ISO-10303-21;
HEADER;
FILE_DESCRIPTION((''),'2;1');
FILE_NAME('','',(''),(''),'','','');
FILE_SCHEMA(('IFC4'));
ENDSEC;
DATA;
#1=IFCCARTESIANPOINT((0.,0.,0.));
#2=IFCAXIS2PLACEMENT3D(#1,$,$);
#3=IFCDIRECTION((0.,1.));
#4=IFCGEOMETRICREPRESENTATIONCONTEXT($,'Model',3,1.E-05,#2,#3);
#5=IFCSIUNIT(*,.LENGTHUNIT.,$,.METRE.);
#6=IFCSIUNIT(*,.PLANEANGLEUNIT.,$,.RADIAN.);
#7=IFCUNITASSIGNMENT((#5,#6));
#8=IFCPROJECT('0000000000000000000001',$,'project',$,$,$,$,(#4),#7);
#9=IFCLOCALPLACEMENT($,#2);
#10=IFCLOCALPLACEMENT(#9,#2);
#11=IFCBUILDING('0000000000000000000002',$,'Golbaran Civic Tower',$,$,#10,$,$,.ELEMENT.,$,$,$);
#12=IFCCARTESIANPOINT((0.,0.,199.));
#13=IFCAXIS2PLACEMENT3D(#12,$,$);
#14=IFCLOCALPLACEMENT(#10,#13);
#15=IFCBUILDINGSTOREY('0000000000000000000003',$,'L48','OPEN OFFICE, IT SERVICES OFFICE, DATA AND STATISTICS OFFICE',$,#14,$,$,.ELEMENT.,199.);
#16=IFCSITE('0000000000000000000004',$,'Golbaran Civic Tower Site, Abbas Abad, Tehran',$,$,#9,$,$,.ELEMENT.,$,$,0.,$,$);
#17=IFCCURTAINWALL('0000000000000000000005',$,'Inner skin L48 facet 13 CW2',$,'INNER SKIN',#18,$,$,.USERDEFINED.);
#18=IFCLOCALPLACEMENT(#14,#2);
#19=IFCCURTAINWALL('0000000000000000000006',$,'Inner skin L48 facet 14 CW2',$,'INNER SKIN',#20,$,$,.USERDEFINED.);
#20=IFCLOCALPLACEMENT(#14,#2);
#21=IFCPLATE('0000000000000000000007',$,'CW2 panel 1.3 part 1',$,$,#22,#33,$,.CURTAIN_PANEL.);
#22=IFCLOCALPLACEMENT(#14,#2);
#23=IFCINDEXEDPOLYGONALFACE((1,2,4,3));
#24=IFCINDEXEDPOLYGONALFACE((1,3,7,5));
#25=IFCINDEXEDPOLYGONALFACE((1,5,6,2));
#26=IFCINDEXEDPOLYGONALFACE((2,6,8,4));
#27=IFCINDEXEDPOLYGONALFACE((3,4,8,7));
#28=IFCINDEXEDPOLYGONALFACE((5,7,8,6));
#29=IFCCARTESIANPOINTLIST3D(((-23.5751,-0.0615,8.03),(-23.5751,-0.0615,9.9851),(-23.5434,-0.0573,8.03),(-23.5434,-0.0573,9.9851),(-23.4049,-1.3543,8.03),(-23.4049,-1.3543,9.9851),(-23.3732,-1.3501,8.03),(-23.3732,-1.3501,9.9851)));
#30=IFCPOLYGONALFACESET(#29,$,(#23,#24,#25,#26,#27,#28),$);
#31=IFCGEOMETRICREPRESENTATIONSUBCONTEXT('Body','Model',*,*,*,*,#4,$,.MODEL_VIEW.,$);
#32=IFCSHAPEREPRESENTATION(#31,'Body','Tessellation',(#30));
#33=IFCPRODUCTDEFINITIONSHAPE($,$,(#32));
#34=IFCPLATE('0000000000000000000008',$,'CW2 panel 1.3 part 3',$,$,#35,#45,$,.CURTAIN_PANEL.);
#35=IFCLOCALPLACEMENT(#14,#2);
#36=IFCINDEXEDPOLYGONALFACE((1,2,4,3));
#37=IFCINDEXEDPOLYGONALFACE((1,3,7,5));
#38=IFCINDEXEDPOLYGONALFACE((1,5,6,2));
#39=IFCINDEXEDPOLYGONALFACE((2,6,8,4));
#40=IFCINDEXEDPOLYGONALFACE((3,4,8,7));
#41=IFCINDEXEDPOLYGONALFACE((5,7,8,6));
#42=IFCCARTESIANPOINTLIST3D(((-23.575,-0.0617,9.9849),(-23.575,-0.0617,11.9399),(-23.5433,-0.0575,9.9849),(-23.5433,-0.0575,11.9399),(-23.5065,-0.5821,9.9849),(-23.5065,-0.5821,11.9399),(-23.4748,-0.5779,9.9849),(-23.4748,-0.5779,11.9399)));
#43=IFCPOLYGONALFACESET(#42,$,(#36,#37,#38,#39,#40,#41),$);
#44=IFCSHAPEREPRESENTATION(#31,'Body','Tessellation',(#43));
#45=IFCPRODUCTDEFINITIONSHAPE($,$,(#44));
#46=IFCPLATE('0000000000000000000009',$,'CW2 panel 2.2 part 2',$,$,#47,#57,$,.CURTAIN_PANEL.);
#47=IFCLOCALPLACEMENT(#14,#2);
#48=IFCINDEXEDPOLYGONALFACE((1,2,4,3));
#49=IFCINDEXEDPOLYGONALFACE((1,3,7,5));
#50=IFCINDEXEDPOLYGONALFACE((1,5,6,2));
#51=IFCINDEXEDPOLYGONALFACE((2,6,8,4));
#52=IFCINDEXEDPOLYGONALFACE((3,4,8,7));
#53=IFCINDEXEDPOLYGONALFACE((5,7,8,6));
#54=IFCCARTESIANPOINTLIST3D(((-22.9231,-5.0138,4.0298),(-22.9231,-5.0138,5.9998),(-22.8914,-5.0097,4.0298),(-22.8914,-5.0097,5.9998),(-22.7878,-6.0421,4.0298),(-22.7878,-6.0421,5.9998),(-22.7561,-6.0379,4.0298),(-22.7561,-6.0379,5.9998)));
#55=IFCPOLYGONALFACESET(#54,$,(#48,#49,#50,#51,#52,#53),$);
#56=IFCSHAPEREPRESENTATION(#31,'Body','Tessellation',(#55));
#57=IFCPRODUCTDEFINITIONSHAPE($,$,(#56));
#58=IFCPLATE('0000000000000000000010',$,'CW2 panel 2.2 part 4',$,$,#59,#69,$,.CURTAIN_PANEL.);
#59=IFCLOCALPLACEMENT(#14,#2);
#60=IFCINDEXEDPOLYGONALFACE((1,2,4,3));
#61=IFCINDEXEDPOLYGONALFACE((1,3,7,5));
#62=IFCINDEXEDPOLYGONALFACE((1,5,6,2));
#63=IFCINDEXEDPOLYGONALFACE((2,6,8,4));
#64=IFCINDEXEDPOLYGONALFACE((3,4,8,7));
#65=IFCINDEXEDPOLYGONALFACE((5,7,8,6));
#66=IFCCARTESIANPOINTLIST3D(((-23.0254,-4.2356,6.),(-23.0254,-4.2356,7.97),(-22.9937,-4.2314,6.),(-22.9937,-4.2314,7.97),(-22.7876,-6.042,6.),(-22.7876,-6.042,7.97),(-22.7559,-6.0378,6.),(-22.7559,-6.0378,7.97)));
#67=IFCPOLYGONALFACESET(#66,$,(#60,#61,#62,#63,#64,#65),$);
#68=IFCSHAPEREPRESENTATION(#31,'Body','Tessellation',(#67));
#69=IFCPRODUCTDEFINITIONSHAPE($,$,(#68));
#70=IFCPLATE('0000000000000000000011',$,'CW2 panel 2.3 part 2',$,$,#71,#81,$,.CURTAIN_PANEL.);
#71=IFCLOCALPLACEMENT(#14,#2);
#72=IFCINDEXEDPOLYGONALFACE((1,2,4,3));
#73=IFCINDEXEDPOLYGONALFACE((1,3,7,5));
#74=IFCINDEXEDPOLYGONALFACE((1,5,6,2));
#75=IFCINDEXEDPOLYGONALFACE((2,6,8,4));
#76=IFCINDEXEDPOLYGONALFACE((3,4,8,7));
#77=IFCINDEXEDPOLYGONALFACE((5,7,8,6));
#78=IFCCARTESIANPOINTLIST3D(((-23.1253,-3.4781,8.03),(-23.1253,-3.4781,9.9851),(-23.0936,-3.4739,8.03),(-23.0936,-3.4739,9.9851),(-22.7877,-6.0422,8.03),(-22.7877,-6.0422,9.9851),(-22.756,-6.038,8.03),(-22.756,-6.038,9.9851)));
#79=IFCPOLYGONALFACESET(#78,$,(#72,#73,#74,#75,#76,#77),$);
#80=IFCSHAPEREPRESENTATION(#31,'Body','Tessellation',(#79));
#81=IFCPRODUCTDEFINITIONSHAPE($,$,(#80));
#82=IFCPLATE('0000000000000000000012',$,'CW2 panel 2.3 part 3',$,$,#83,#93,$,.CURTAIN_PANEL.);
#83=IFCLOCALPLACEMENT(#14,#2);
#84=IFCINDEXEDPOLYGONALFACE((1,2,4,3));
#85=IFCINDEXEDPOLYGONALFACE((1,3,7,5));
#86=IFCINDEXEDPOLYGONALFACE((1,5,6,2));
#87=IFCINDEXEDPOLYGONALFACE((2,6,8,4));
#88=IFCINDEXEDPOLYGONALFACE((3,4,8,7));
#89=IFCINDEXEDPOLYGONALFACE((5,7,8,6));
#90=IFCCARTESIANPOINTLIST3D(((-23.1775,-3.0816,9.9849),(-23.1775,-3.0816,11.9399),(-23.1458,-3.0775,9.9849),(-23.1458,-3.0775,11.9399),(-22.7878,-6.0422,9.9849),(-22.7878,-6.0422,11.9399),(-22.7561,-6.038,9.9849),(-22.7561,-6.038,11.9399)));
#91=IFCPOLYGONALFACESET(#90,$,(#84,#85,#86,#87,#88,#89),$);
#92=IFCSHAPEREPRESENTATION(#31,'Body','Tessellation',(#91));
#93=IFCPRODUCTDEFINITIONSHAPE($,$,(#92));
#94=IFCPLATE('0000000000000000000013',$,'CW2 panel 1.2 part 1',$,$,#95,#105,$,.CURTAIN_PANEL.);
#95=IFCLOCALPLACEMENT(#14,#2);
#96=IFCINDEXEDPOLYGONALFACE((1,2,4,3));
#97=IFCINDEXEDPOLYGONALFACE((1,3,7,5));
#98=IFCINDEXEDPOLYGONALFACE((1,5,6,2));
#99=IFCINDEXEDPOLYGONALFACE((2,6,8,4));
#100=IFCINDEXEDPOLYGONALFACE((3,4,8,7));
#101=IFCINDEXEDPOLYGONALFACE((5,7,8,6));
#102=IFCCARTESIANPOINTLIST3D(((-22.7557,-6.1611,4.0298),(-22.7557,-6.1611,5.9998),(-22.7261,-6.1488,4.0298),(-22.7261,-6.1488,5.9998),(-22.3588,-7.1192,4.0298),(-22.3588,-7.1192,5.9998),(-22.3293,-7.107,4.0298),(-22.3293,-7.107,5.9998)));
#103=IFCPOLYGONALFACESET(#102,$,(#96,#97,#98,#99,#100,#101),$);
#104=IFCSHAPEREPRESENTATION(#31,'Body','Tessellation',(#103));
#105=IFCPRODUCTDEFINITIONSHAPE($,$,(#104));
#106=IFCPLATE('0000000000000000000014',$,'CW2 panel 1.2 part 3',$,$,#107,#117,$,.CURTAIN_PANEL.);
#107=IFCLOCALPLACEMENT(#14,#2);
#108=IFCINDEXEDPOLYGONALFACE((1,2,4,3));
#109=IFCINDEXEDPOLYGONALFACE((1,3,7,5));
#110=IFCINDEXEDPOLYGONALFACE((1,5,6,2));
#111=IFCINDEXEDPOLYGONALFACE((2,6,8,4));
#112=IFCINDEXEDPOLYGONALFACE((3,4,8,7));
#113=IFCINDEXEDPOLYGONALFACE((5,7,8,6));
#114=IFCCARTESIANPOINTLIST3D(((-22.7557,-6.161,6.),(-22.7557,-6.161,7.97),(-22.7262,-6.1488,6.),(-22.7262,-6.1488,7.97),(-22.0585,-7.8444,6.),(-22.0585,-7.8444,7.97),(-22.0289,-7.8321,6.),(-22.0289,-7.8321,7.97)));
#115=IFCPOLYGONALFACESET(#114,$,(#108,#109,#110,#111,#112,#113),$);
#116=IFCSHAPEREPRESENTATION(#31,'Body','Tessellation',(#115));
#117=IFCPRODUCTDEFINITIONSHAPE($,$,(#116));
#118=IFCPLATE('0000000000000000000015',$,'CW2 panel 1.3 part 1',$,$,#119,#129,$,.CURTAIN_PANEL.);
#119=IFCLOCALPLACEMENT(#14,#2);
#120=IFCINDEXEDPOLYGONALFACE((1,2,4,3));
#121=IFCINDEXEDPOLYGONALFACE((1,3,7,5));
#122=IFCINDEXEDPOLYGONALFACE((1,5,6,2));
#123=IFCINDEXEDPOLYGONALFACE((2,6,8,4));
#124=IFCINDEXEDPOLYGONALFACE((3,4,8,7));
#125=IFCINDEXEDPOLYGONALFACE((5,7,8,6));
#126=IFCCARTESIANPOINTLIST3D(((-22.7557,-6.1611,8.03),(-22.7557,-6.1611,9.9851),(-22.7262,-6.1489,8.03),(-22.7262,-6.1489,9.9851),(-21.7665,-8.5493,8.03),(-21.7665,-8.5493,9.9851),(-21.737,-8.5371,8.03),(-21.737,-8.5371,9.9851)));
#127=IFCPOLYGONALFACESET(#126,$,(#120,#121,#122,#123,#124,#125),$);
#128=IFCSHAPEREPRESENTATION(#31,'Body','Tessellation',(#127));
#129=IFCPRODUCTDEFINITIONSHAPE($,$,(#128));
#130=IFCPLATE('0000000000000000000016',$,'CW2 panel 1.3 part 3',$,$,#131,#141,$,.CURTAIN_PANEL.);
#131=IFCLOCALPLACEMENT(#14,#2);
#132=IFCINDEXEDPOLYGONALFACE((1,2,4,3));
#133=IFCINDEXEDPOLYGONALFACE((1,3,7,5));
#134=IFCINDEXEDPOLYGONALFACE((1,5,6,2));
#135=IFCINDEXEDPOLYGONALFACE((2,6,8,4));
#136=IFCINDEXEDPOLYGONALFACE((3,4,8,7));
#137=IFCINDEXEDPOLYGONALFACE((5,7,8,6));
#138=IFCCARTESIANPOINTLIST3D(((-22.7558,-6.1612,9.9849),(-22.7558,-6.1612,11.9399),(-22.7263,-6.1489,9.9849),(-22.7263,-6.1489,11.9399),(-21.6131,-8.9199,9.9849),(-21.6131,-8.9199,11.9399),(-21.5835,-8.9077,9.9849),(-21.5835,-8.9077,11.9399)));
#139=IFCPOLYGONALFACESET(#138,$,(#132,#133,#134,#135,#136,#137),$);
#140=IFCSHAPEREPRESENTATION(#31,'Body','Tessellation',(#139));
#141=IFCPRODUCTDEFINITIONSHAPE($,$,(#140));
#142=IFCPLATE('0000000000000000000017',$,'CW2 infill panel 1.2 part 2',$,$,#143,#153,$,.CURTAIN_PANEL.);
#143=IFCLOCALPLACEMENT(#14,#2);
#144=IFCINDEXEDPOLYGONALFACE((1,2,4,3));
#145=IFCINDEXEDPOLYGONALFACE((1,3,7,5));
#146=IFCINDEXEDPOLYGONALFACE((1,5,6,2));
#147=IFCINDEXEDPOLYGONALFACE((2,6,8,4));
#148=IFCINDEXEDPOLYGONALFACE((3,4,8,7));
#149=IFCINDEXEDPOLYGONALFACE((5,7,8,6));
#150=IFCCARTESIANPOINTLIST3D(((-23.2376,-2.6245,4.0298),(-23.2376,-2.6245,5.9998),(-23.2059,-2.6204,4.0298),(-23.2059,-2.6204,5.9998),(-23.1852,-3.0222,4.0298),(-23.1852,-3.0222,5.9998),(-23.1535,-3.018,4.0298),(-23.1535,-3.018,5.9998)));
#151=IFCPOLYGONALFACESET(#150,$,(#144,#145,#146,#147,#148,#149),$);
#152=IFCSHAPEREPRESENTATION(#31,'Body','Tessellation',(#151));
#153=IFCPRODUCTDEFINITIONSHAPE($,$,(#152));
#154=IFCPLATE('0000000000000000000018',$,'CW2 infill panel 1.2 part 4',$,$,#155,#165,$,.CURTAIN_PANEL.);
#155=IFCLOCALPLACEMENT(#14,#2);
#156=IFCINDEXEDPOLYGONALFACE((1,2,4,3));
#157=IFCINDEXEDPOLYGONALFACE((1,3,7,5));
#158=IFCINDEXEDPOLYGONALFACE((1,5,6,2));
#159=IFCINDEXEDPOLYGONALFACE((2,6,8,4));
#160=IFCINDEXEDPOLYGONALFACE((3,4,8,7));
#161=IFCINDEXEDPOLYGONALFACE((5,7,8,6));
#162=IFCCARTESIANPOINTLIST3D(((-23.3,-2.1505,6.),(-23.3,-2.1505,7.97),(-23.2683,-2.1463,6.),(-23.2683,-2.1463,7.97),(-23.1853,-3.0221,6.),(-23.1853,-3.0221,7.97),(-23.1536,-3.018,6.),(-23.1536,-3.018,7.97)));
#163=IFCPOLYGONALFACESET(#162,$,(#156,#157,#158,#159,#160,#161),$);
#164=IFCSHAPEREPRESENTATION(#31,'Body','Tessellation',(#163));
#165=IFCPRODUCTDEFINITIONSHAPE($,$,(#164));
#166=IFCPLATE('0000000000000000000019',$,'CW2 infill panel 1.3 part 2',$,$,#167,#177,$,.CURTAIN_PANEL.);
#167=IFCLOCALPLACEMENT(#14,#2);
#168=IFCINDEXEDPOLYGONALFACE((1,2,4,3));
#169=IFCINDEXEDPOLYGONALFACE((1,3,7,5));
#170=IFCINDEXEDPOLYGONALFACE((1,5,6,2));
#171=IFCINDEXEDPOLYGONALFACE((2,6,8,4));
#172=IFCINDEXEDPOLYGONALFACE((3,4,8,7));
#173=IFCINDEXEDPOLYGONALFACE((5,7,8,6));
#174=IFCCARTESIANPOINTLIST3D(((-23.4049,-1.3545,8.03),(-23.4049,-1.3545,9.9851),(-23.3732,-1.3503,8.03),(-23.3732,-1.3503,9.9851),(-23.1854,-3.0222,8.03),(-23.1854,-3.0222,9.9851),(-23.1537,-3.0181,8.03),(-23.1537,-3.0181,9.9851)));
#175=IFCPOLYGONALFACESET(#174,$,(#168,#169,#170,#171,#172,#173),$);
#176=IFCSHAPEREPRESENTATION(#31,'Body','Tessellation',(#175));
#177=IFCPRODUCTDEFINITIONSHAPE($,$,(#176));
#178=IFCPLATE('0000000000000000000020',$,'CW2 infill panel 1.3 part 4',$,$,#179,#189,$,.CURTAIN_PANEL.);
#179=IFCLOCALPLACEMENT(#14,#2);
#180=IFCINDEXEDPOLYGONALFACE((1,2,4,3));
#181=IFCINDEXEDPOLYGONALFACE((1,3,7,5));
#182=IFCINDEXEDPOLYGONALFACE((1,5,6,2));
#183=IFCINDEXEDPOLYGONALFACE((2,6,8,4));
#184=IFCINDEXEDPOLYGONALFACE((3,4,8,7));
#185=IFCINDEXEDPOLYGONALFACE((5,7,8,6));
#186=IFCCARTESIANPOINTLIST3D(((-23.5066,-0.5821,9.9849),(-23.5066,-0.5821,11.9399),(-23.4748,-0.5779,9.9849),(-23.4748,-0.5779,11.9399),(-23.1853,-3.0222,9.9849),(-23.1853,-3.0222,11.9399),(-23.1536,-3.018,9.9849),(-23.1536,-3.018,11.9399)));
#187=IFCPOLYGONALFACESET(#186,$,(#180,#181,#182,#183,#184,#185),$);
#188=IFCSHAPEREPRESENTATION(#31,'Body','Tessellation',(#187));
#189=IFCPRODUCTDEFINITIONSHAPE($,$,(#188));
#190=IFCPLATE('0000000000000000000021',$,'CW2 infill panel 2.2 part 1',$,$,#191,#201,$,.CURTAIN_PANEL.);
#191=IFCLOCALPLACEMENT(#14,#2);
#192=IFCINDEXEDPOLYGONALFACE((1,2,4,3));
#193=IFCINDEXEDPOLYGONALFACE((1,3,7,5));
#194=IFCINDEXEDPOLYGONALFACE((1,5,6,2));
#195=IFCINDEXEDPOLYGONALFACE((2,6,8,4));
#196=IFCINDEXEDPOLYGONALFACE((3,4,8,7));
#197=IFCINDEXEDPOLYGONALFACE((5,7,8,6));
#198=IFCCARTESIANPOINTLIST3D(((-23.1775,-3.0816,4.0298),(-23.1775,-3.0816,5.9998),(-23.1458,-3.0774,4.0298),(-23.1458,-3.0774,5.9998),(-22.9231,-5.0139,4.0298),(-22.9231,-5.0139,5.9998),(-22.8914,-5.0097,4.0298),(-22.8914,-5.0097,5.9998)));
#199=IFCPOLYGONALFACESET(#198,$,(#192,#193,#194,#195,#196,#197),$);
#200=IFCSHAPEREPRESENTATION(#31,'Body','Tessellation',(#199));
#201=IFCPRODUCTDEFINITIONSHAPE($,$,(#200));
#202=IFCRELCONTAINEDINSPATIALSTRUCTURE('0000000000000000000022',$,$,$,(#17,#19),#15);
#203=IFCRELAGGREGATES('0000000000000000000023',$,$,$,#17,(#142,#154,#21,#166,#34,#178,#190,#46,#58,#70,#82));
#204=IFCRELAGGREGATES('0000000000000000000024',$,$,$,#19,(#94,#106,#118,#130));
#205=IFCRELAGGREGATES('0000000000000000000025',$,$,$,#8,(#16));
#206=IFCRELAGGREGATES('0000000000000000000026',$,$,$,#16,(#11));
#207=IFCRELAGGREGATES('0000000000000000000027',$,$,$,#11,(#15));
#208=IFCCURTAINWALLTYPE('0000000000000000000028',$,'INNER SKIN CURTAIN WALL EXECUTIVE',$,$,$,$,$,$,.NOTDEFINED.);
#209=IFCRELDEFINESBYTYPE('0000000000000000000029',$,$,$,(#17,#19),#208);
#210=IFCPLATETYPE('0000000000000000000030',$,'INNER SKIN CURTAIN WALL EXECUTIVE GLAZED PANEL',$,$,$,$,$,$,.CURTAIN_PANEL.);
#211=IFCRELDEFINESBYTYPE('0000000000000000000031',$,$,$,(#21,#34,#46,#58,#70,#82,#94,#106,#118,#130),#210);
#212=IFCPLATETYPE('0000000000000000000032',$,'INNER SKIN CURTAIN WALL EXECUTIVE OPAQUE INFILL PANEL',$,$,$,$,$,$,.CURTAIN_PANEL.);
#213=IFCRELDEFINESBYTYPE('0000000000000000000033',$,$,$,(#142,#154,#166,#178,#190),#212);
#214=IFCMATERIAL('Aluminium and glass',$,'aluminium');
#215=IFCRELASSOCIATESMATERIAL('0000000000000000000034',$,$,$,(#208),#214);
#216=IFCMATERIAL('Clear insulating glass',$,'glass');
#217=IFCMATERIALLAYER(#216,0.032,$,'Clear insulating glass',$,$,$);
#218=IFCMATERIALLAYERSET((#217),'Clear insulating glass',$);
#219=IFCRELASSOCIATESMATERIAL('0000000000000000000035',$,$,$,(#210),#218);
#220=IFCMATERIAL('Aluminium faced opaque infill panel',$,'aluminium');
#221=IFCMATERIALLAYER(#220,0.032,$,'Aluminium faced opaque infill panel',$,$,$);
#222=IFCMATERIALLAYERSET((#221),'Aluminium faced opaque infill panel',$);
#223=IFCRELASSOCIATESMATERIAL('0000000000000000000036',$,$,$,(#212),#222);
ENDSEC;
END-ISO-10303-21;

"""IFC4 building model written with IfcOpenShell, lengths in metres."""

from ifc_helpers import new_model, si_unit, direction, frame, origin, origin_2d, place, context, subcontext, project, spatial, rectangle, extrude, material, layer, layer_set, type_object, element, aggregate, save


model = new_model("IFC4")

# Units and contexts
model_context = context("Model", 3, precision=1e-05, world=origin(), true_north=direction((0.0, 1.0)))
body_context = subcontext(model_context, "Body", "Model", "MODEL_VIEW")
ifc_project = project(units=[si_unit("LENGTHUNIT", "METRE"), si_unit("PLANEANGLEUNIT", "RADIAN")], contexts=[model_context])

# Site, building, storey
site_placement = place(None, origin())
site = spatial("IfcSite", under=ifc_project, at=site_placement, Name="Golbaran Civic Tower Site, Abbas Abad, Tehran", CompositionType="ELEMENT", RefElevation=0.0)
building_placement = place(site_placement, origin())
building = spatial("IfcBuilding", under=site, at=building_placement, Name="Golbaran Civic Tower", CompositionType="ELEMENT")
storey_placement = place(building_placement, frame((0.0, 0.0, 199.0)))
storey = spatial("IfcBuildingStorey", under=building, at=storey_placement, Name="L48", Description="OPEN OFFICE, IT SERVICES OFFICE, DATA AND STATISTICS OFFICE", CompositionType="ELEMENT", Elevation=199.0)

# Curtain walls
ifc_material_1 = material(Name="Aluminium and glass", Category="aluminium")
curtain_wall_type_1 = type_object("IfcCurtainWallType", Name="INNER SKIN CURTAIN WALL EXECUTIVE", PredefinedType="NOTDEFINED", material=ifc_material_1)
curtain_wall_1_placement = place(storey_placement, origin())
curtain_wall_1 = element("IfcCurtainWall", 1, at=curtain_wall_1_placement, inside=storey, type_object=curtain_wall_type_1, Name="Inner skin L48 facet 13 CW2", ObjectType="INNER SKIN", PredefinedType="USERDEFINED")
curtain_wall_2_placement = place(storey_placement, origin())
curtain_wall_2 = element("IfcCurtainWall", 2, at=curtain_wall_2_placement, inside=storey, type_object=curtain_wall_type_1, Name="Inner skin L48 facet 14 CW2", ObjectType="INNER SKIN", PredefinedType="USERDEFINED")

# Plates
ifc_material_2 = material(Name="Clear insulating glass", Category="glass")
ifc_layer_1 = layer(ifc_material_2, 0.032, Name="Clear insulating glass")
ifc_layer_set_1 = layer_set([ifc_layer_1], Name="Clear insulating glass")
plate_type_1 = type_object("IfcPlateType", Name="INNER SKIN CURTAIN WALL EXECUTIVE GLAZED PANEL", PredefinedType="CURTAIN_PANEL", material=ifc_layer_set_1)
plate_1_placement = place(storey_placement, frame((-23.4741, -0.7058, 8.03), z_axis=(0.0, 0.0, 1.0), x_axis=(0.130526, -0.991445, 0.0)))
plate_1 = element("IfcPlate", 3, at=plate_1_placement, type_object=plate_type_1, Name="CW2 panel 1.3 part 1", PredefinedType="CURTAIN_PANEL", context=body_context, shape_type="SweptSolid", body=[
    extrude(rectangle(XDim=1.304, YDim=0.032, at=origin_2d()), origin(), (0.0, 0.0, 1.0), 1.9551),
])
plate_2_placement = place(storey_placement, frame((-23.5249, -0.3198, 9.9849), z_axis=(0.0, 0.0, 1.0), x_axis=(0.130526, -0.991445, 0.0)))
plate_2 = element("IfcPlate", 4, at=plate_2_placement, type_object=plate_type_1, Name="CW2 panel 1.3 part 3", PredefinedType="CURTAIN_PANEL", context=body_context, shape_type="SweptSolid", body=[
    extrude(rectangle(XDim=0.5249, YDim=0.032, at=origin_2d()), origin(), (0.0, 0.0, 1.0), 1.9551),
])
plate_3_placement = place(storey_placement, frame((-22.8396, -5.5259, 4.0298), z_axis=(0.0, 0.0, 1.0), x_axis=(0.130526, -0.991445, 0.0)))
plate_3 = element("IfcPlate", 5, at=plate_3_placement, type_object=plate_type_1, Name="CW2 panel 2.2 part 2", PredefinedType="CURTAIN_PANEL", context=body_context, shape_type="SweptSolid", body=[
    extrude(rectangle(XDim=1.0371, YDim=0.032, at=origin_2d()), origin(), (0.0, 0.0, 1.0), 1.97),
])
plate_4_placement = place(storey_placement, frame((-22.8906, -5.1367, 6.0), z_axis=(0.0, 0.0, 1.0), x_axis=(0.130526, -0.991445, 0.0)))
plate_4 = element("IfcPlate", 6, at=plate_4_placement, type_object=plate_type_1, Name="CW2 panel 2.2 part 4", PredefinedType="CURTAIN_PANEL", context=body_context, shape_type="SweptSolid", body=[
    extrude(rectangle(XDim=1.822, YDim=0.032, at=origin_2d()), origin(), (0.0, 0.0, 1.0), 1.97),
])
plate_5_placement = place(storey_placement, frame((-22.9407, -4.7581, 8.03), z_axis=(0.0, 0.0, 1.0), x_axis=(0.130526, -0.991445, 0.0)))
plate_5 = element("IfcPlate", 7, at=plate_5_placement, type_object=plate_type_1, Name="CW2 panel 2.3 part 2", PredefinedType="CURTAIN_PANEL", context=body_context, shape_type="SweptSolid", body=[
    extrude(rectangle(XDim=2.5862, YDim=0.032, at=origin_2d()), origin(), (0.0, 0.0, 1.0), 1.9551),
])
plate_6_placement = place(storey_placement, frame((-22.9668, -4.5598, 9.9849), z_axis=(0.0, 0.0, 1.0), x_axis=(0.130526, -0.991445, 0.0)))
plate_6 = element("IfcPlate", 8, at=plate_6_placement, type_object=plate_type_1, Name="CW2 panel 2.3 part 3", PredefinedType="CURTAIN_PANEL", context=body_context, shape_type="SweptSolid", body=[
    extrude(rectangle(XDim=2.9861, YDim=0.032, at=origin_2d()), origin(), (0.0, 0.0, 1.0), 1.9551),
])
plate_7_placement = place(storey_placement, frame((-22.5425, -6.634, 4.0298), z_axis=(0.0, 0.0, 1.0), x_axis=(0.382683, -0.92388, 0.0)))
plate_7 = element("IfcPlate", 9, at=plate_7_placement, type_object=plate_type_1, Name="CW2 panel 1.2 part 1", PredefinedType="CURTAIN_PANEL", context=body_context, shape_type="SweptSolid", body=[
    extrude(rectangle(XDim=1.0371, YDim=0.032, at=origin_2d()), origin(), (0.0, 0.0, 1.0), 1.97),
])
plate_8_placement = place(storey_placement, frame((-22.3923, -6.9966, 6.0), z_axis=(0.0, 0.0, 1.0), x_axis=(0.382683, -0.92388, 0.0)))
plate_8 = element("IfcPlate", 10, at=plate_8_placement, type_object=plate_type_1, Name="CW2 panel 1.2 part 3", PredefinedType="CURTAIN_PANEL", context=body_context, shape_type="SweptSolid", body=[
    extrude(rectangle(XDim=1.822, YDim=0.032, at=origin_2d()), origin(), (0.0, 0.0, 1.0), 1.97),
])
plate_9_placement = place(storey_placement, frame((-22.2463, -7.3491, 8.03), z_axis=(0.0, 0.0, 1.0), x_axis=(0.382683, -0.92388, 0.0)))
plate_9 = element("IfcPlate", 11, at=plate_9_placement, type_object=plate_type_1, Name="CW2 panel 1.3 part 1", PredefinedType="CURTAIN_PANEL", context=body_context, shape_type="SweptSolid", body=[
    extrude(rectangle(XDim=2.585, YDim=0.032, at=origin_2d()), origin(), (0.0, 0.0, 1.0), 1.9551),
])
plate_10_placement = place(storey_placement, frame((-22.1697, -7.5344, 9.9849), z_axis=(0.0, 0.0, 1.0), x_axis=(0.382683, -0.92388, 0.0)))
plate_10 = element("IfcPlate", 12, at=plate_10_placement, type_object=plate_type_1, Name="CW2 panel 1.3 part 3", PredefinedType="CURTAIN_PANEL", context=body_context, shape_type="SweptSolid", body=[
    extrude(rectangle(XDim=2.9861, YDim=0.032, at=origin_2d()), origin(), (0.0, 0.0, 1.0), 1.9551),
])
ifc_material_3 = material(Name="Aluminium faced opaque infill panel", Category="aluminium")
ifc_layer_2 = layer(ifc_material_3, 0.032, Name="Aluminium faced opaque infill panel")
ifc_layer_set_2 = layer_set([ifc_layer_2], Name="Aluminium faced opaque infill panel")
plate_type_2 = type_object("IfcPlateType", Name="INNER SKIN CURTAIN WALL EXECUTIVE OPAQUE INFILL PANEL", PredefinedType="CURTAIN_PANEL", material=ifc_layer_set_2)
plate_11_placement = place(storey_placement, frame((-23.1956, -2.8213, 4.0298), z_axis=(0.0, 0.0, 1.0), x_axis=(0.130526, -0.991445, 0.0)))
plate_11 = element("IfcPlate", 13, at=plate_11_placement, type_object=plate_type_2, Name="CW2 infill panel 1.2 part 2", PredefinedType="CURTAIN_PANEL", context=body_context, shape_type="SweptSolid", body=[
    extrude(rectangle(XDim=0.4011, YDim=0.032, at=origin_2d()), origin(), (0.0, 0.0, 1.0), 1.97),
])
plate_12_placement = place(storey_placement, frame((-23.2268, -2.5842, 6.0), z_axis=(0.0, 0.0, 1.0), x_axis=(0.130526, -0.991445, 0.0)))
plate_12 = element("IfcPlate", 14, at=plate_12_placement, type_object=plate_type_2, Name="CW2 infill panel 1.2 part 4", PredefinedType="CURTAIN_PANEL", context=body_context, shape_type="SweptSolid", body=[
    extrude(rectangle(XDim=0.8792, YDim=0.032, at=origin_2d()), origin(), (0.0, 0.0, 1.0), 1.97),
])
plate_13_placement = place(storey_placement, frame((-23.2793, -2.1863, 8.03), z_axis=(0.0, 0.0, 1.0), x_axis=(0.130526, -0.991445, 0.0)))
plate_13 = element("IfcPlate", 15, at=plate_13_placement, type_object=plate_type_2, Name="CW2 infill panel 1.3 part 2", PredefinedType="CURTAIN_PANEL", context=body_context, shape_type="SweptSolid", body=[
    extrude(rectangle(XDim=1.6821, YDim=0.032, at=origin_2d()), origin(), (0.0, 0.0, 1.0), 1.9551),
])
plate_14_placement = place(storey_placement, frame((-23.3301, -1.8, 9.9849), z_axis=(0.0, 0.0, 1.0), x_axis=(0.130526, -0.991445, 0.0)))
plate_14 = element("IfcPlate", 16, at=plate_14_placement, type_object=plate_type_2, Name="CW2 infill panel 1.3 part 4", PredefinedType="CURTAIN_PANEL", context=body_context, shape_type="SweptSolid", body=[
    extrude(rectangle(XDim=2.4612, YDim=0.032, at=origin_2d()), origin(), (0.0, 0.0, 1.0), 1.9551),
])
plate_15_placement = place(storey_placement, frame((-23.0344, -4.0457, 4.0298), z_axis=(0.0, 0.0, 1.0), x_axis=(0.130526, -0.991445, 0.0)))
plate_15 = element("IfcPlate", 17, at=plate_15_placement, type_object=plate_type_2, Name="CW2 infill panel 2.2 part 1", PredefinedType="CURTAIN_PANEL", context=body_context, shape_type="SweptSolid", body=[
    extrude(rectangle(XDim=1.949, YDim=0.032, at=origin_2d()), origin(), (0.0, 0.0, 1.0), 1.97),
])
aggregate(curtain_wall_1, [plate_11, plate_12, plate_1, plate_13, plate_2, plate_14, plate_15, plate_3, plate_4, plate_5, plate_6])
aggregate(curtain_wall_2, [plate_7, plate_8, plate_9, plate_10])

save(model, "model.ifc")
